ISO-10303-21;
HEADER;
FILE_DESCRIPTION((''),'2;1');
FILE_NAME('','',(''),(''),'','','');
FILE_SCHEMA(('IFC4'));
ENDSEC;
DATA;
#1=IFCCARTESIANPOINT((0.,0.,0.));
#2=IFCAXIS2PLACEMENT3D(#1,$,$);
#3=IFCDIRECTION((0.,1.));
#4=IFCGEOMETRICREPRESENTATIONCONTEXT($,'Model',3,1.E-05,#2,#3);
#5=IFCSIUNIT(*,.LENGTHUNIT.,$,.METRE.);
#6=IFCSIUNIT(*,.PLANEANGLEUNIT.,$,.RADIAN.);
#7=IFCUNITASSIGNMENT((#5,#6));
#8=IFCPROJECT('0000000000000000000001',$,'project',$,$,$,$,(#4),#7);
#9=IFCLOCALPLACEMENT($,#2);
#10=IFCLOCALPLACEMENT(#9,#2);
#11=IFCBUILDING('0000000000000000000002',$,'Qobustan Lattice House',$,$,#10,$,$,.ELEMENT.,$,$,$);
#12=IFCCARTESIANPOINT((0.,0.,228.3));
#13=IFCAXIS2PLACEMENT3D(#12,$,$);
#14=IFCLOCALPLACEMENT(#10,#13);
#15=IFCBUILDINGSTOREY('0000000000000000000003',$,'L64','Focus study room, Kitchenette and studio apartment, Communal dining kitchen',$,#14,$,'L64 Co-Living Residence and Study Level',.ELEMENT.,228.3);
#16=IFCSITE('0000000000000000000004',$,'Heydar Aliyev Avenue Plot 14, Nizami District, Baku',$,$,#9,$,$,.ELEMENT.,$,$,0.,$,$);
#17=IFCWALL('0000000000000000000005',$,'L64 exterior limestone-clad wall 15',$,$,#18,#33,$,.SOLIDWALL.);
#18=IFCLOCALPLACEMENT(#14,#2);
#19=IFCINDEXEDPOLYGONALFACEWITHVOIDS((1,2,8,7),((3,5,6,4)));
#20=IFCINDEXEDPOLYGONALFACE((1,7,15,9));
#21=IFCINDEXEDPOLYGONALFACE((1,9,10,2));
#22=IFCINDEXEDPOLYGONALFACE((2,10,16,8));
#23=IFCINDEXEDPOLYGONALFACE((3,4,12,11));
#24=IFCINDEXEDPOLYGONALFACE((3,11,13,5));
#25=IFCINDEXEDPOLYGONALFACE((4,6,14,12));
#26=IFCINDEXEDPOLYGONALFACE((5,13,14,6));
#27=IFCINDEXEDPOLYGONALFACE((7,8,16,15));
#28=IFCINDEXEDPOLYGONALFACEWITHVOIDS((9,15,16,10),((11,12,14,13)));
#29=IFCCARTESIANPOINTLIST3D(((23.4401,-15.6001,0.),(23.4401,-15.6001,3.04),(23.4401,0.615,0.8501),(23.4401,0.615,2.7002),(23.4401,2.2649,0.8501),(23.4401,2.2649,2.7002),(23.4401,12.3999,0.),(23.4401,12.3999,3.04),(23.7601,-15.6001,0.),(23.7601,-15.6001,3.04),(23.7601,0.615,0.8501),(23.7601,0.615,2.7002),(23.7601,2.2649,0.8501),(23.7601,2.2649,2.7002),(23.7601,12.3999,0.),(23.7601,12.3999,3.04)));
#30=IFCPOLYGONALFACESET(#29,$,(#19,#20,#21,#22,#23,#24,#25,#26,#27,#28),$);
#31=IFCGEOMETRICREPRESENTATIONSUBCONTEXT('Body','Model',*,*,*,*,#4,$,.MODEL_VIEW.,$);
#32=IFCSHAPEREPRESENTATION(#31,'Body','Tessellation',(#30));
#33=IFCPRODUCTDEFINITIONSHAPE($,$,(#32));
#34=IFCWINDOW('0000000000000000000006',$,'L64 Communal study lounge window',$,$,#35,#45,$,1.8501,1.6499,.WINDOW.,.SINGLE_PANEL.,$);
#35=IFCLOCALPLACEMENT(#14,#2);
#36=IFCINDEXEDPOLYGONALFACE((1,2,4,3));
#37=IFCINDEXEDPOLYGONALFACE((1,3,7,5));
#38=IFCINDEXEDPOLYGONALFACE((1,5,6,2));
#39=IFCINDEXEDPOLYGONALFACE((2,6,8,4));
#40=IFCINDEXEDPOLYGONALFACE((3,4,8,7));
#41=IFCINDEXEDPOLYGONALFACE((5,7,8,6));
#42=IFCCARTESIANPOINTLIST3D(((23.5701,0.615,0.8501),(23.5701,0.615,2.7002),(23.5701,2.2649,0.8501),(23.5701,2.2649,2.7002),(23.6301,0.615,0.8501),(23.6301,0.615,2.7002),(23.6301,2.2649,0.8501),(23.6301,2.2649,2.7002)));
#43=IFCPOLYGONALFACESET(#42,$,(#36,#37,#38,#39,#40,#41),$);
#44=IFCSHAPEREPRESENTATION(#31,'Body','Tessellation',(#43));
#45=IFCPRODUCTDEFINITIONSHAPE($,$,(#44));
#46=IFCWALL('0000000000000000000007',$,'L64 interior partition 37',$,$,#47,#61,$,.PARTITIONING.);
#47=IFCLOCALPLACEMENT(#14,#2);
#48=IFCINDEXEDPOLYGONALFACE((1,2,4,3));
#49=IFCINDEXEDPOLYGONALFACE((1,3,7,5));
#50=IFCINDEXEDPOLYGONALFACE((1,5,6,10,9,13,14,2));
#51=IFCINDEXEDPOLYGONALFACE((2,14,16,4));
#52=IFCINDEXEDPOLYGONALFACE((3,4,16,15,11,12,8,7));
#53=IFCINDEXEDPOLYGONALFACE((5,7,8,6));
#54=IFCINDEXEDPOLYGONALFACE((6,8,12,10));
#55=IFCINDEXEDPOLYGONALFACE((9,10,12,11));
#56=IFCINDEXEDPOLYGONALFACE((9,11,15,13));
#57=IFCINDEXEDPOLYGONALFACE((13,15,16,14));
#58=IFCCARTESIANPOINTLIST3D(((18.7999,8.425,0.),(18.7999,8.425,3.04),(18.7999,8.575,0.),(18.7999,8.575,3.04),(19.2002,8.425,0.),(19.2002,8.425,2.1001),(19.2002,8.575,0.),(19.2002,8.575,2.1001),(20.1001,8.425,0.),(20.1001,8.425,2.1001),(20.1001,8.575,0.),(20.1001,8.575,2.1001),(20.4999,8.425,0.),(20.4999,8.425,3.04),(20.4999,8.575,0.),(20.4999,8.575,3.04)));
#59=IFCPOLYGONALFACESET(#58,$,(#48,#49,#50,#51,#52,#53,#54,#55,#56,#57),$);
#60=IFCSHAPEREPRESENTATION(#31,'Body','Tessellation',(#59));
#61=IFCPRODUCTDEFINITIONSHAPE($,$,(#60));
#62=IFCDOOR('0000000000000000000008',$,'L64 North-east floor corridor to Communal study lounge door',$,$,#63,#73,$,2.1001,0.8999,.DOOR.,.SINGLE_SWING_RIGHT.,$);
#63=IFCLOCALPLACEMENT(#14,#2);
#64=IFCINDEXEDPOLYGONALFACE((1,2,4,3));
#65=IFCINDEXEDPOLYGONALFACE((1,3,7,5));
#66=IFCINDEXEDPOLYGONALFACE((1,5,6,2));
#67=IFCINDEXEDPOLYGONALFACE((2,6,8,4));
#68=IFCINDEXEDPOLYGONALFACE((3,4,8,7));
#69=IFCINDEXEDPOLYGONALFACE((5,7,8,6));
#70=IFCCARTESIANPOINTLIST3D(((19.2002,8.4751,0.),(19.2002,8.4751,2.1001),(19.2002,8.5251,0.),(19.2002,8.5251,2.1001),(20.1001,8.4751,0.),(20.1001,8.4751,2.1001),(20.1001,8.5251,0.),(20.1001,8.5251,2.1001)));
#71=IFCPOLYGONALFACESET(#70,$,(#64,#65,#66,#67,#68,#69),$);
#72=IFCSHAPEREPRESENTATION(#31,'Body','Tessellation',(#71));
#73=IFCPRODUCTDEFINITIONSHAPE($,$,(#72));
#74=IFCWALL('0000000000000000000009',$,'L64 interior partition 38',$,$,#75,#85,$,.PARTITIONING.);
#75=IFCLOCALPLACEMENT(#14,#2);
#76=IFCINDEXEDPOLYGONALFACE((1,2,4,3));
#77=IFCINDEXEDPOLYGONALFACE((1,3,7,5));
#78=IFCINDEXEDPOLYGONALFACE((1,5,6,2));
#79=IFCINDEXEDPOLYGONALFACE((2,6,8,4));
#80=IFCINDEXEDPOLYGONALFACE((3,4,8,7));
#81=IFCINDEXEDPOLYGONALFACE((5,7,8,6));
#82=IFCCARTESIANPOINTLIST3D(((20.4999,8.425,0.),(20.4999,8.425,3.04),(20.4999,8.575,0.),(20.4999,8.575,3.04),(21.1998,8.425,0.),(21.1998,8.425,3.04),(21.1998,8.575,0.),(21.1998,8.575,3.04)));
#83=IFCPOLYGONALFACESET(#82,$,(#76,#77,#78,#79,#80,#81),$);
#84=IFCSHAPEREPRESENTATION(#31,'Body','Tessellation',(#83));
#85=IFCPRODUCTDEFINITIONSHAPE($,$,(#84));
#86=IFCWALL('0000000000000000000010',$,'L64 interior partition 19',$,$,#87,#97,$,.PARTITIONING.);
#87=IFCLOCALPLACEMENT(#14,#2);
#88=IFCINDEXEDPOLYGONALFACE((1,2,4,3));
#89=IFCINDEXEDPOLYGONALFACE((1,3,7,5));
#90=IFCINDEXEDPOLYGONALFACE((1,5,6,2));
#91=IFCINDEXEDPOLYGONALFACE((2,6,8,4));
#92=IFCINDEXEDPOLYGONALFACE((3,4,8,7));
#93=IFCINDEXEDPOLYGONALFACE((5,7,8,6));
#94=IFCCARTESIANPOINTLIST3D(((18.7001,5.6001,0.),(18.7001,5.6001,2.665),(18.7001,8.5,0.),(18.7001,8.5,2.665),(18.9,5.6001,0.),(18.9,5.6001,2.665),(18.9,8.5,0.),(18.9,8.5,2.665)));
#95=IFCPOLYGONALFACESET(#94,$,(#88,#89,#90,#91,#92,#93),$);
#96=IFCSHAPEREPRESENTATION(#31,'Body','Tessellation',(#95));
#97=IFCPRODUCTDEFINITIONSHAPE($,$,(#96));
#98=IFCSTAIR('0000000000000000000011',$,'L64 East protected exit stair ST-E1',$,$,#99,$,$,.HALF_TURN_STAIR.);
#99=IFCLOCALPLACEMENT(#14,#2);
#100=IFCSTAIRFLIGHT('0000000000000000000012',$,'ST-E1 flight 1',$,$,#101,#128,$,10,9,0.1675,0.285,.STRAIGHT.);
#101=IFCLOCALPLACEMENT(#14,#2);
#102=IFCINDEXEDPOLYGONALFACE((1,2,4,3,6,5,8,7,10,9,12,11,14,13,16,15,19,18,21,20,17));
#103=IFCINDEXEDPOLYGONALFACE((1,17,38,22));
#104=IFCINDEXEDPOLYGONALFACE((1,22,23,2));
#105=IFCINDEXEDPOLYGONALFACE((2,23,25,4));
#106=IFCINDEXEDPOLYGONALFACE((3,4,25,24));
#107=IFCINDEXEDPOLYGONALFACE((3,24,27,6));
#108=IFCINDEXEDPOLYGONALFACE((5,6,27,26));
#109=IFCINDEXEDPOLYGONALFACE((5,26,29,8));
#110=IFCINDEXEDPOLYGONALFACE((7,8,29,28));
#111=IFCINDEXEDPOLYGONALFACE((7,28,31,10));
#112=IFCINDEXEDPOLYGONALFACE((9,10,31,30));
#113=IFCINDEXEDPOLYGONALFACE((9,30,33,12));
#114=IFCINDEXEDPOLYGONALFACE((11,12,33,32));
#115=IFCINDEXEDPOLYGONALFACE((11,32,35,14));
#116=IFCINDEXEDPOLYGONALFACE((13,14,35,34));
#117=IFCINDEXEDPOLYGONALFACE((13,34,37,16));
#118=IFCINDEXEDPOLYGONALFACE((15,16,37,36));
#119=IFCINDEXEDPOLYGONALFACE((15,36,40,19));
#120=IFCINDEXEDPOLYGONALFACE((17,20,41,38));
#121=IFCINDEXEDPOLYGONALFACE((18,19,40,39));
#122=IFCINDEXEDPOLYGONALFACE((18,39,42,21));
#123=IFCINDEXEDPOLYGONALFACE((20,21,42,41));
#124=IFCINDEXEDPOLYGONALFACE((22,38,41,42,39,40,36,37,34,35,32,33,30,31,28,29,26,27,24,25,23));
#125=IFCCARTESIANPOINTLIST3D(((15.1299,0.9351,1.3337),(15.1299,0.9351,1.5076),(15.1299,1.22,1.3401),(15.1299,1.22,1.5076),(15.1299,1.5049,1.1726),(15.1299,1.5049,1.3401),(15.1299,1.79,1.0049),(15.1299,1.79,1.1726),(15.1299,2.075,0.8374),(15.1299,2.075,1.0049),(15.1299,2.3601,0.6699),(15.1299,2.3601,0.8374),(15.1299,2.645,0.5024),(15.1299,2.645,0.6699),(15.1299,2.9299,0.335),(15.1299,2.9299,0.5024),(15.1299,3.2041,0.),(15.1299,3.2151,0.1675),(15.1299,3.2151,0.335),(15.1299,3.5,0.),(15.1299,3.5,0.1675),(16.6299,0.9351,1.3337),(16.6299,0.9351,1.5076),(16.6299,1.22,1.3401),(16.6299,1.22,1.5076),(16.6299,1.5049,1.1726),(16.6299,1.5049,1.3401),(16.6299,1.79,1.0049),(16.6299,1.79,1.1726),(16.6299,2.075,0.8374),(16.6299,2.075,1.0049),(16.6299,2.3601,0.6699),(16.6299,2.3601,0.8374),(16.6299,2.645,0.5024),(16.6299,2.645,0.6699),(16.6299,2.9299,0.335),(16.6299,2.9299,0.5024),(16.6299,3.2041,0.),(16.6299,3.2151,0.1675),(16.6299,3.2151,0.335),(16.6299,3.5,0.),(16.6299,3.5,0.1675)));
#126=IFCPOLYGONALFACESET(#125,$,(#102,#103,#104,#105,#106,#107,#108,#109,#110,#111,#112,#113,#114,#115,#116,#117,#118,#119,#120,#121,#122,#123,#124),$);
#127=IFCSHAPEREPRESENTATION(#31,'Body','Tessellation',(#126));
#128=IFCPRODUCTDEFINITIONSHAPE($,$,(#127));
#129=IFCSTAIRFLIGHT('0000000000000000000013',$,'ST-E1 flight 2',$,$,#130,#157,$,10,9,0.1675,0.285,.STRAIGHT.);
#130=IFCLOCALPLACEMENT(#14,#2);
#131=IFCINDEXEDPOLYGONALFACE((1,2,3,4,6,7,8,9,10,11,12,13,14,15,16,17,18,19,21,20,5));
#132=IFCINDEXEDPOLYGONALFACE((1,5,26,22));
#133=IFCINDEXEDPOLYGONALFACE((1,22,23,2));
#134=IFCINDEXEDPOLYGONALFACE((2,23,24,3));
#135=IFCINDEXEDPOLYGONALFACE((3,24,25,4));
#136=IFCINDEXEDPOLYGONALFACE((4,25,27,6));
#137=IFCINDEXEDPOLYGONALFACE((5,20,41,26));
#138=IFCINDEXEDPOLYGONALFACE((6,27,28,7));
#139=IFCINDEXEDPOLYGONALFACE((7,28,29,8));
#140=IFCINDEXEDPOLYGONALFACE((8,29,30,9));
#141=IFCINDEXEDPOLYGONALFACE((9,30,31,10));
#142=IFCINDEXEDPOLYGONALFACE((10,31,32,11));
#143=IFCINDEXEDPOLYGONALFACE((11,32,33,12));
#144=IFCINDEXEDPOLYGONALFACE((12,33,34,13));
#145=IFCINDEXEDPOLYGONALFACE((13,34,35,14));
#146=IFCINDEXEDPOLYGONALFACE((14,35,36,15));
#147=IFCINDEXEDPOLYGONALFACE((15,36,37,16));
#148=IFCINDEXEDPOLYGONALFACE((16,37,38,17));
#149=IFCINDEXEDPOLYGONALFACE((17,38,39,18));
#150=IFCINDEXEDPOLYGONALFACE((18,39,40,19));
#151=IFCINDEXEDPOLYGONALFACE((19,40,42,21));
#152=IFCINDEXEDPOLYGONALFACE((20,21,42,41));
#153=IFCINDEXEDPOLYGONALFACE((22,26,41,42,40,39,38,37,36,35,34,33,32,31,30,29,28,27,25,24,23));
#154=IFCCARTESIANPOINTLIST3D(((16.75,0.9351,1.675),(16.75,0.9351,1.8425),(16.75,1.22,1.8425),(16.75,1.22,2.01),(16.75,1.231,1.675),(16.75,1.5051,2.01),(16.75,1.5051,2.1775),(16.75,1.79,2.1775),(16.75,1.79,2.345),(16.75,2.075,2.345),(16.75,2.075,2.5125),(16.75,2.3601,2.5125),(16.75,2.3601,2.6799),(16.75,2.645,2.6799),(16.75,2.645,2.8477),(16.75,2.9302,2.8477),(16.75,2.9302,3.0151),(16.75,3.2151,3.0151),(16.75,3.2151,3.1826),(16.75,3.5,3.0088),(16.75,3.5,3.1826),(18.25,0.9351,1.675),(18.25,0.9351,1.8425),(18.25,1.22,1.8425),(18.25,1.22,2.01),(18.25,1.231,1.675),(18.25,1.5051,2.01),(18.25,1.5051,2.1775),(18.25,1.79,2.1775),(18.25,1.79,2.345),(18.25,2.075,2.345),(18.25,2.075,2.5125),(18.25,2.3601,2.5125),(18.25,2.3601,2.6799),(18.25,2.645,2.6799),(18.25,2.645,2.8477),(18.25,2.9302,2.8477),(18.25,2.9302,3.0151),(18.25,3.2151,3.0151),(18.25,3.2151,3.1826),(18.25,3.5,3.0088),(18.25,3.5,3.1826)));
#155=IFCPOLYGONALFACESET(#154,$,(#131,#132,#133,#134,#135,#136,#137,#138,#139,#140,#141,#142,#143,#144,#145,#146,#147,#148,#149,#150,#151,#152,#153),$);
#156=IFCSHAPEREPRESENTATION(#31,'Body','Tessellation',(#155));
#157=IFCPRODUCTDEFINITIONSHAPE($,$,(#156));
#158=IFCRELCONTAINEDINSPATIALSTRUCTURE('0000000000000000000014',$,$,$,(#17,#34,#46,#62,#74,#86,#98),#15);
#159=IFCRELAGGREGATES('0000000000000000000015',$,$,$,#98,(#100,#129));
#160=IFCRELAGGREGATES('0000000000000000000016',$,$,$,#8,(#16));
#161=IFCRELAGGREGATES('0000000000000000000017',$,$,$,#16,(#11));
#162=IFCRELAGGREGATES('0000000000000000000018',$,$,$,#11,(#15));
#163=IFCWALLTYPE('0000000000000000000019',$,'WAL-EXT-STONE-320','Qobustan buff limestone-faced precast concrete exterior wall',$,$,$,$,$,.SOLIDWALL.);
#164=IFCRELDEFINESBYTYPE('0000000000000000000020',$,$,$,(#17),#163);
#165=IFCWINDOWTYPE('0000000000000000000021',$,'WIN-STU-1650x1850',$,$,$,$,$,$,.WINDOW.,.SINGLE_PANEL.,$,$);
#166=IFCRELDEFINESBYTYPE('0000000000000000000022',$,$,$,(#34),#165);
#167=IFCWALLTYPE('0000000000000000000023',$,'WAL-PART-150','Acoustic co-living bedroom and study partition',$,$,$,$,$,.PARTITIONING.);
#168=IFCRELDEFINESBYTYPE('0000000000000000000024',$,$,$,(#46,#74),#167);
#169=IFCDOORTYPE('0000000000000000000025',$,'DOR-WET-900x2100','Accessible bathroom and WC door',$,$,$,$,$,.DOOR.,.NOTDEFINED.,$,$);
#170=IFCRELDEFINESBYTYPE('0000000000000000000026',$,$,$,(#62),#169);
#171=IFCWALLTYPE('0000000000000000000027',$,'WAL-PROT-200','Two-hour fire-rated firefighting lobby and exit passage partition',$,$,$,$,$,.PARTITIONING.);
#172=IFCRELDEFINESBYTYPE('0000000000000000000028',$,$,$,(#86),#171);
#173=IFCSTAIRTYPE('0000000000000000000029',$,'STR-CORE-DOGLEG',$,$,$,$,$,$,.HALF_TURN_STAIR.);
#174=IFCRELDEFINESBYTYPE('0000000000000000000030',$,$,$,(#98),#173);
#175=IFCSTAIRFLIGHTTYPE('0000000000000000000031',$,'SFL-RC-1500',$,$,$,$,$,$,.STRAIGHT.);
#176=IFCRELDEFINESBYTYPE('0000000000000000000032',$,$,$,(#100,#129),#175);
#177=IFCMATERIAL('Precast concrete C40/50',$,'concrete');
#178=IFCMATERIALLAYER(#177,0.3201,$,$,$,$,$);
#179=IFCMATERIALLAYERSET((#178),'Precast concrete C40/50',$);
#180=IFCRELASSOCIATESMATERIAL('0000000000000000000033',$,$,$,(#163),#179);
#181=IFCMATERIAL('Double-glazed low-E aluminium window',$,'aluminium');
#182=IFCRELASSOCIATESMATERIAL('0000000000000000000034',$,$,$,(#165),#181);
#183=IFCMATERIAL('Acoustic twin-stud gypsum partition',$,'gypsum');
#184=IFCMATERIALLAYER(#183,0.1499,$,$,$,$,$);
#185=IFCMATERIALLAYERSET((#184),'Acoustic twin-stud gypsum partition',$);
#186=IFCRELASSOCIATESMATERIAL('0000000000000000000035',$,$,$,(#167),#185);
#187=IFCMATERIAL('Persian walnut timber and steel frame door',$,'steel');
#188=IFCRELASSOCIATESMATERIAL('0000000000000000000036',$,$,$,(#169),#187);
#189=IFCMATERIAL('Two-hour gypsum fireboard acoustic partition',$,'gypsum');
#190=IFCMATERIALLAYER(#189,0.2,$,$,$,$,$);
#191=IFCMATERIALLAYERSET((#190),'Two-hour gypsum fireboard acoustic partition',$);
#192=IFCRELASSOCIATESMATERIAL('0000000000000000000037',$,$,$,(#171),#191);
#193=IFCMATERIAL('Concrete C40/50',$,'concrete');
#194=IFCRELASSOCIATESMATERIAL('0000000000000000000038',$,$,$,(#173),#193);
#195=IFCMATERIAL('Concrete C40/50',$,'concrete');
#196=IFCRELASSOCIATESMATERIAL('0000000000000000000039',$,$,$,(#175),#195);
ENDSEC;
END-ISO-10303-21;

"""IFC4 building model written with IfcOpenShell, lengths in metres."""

from ifc_helpers import new_model, si_unit, direction, frame, frame_2d, origin, place, context, subcontext, project, spatial, polyline, rectangle, outline, extrude, material, layer, layer_set, type_object, element, fill, aggregate, save


model = new_model("IFC4")

# Units and contexts
model_context = context("Model", 3, precision=1e-05, world=origin(), true_north=direction((0.0, 1.0)))
body_context = subcontext(model_context, "Body", "Model", "MODEL_VIEW")
ifc_project = project(units=[si_unit("LENGTHUNIT", "METRE"), si_unit("PLANEANGLEUNIT", "RADIAN")], contexts=[model_context])

# Site, building, storey
site_placement = place(None, origin())
site = spatial("IfcSite", under=ifc_project, at=site_placement, Name="Heydar Aliyev Avenue Plot 14, Nizami District, Baku", CompositionType="ELEMENT", RefElevation=0.0)
building_placement = place(site_placement, origin())
building = spatial("IfcBuilding", under=site, at=building_placement, Name="Qobustan Lattice House", CompositionType="ELEMENT")
storey_placement = place(building_placement, frame((0.0, 0.0, 228.3)))
storey = spatial("IfcBuildingStorey", under=building, at=storey_placement, Name="L64", Description="Focus study room, Kitchenette and studio apartment, Communal dining kitchen", LongName="L64 Co-Living Residence and Study Level", CompositionType="ELEMENT", Elevation=228.3)

# Shared definitions
ifc_material_1 = material(Name="Precast concrete C40/50", Category="concrete")
ifc_layer_1 = layer(ifc_material_1, 0.3201)
ifc_layer_set_1 = layer_set([ifc_layer_1], Name="Precast concrete C40/50")
wall_type_1 = type_object("IfcWallType", Name="WAL-EXT-STONE-320", Description="Qobustan buff limestone-faced precast concrete exterior wall", PredefinedType="SOLIDWALL", material=ifc_layer_set_1)

# Wall, opening, window
wall_1_placement = place(storey_placement, frame((23.6001, 12.3999, 0.0), z_axis=(0.0, 0.0, 1.0), x_axis=(0.0, -1.0, 0.0)))
wall_1 = element("IfcWall", 1, at=wall_1_placement, inside=storey, type_object=wall_type_1, Name="L64 exterior limestone-clad wall 15", PredefinedType="SOLIDWALL", context=body_context, shape_type="SweptSolid", body=[
    extrude(rectangle(XDim=28.0, YDim=0.3201, at=frame_2d((14.0, 0.0))), origin(), (0.0, 0.0, 1.0), 3.04),
])
opening_1_placement = place(wall_1_placement, frame((10.135, 0.0, 0.8501)))
opening_1 = element("IfcOpeningElement", 2, at=opening_1_placement, cuts=wall_1, PredefinedType="OPENING", context=body_context, shape_type="SweptSolid", body=[
    extrude(rectangle(XDim=1.6499, YDim=1.8501, at=frame_2d((0.825, 0.925))), frame((0.0, 0.1699, 0.0), z_axis=(0.0, -1.0, 0.0), x_axis=(1.0, 0.0, 0.0)), (0.0, 0.0, 1.0), 0.3401),
])
ifc_material_2 = material(Name="Double-glazed low-E aluminium window", Category="aluminium")
window_type = type_object("IfcWindowType", Name="WIN-STU-1650x1850", PartitioningType="SINGLE_PANEL", PredefinedType="WINDOW", material=ifc_material_2)
window_placement = place(opening_1_placement, origin())
window = element("IfcWindow", 3, at=window_placement, inside=storey, type_object=window_type, Name="L64 Communal study lounge window", OverallHeight=1.8501, OverallWidth=1.6499, PartitioningType="SINGLE_PANEL", PredefinedType="WINDOW", context=body_context, shape_type="SweptSolid", body=[
    extrude(rectangle(XDim=1.6499, YDim=1.8501, at=frame_2d((0.825, 0.925))), frame((0.0, 0.03, 0.0), z_axis=(0.0, -1.0, 0.0), x_axis=(1.0, 0.0, 0.0)), (0.0, 0.0, 1.0), 0.0601),
])
fill(opening_1, window)

# Wall, opening, door
ifc_material_3 = material(Name="Acoustic twin-stud gypsum partition", Category="gypsum")
ifc_layer_2 = layer(ifc_material_3, 0.1499)
ifc_layer_set_2 = layer_set([ifc_layer_2], Name="Acoustic twin-stud gypsum partition")
wall_type_2 = type_object("IfcWallType", Name="WAL-PART-150", Description="Acoustic co-living bedroom and study partition", PredefinedType="PARTITIONING", material=ifc_layer_set_2)
wall_2_placement = place(storey_placement, frame((20.5, 8.5, 0.0), z_axis=(0.0, 0.0, 1.0), x_axis=(-1.0, 0.0, 0.0)))
wall_2 = element("IfcWall", 4, at=wall_2_placement, inside=storey, type_object=wall_type_2, Name="L64 interior partition 37", PredefinedType="PARTITIONING", context=body_context, shape_type="SweptSolid", body=[
    extrude(rectangle(XDim=1.7, YDim=0.1499, at=frame_2d((0.8501, 0.0))), origin(), (0.0, 0.0, 1.0), 3.04),
])
opening_2_placement = place(wall_2_placement, frame((0.3999, 0.0, 0.0)))
opening_2 = element("IfcOpeningElement", 5, at=opening_2_placement, cuts=wall_2, PredefinedType="OPENING", context=body_context, shape_type="SweptSolid", body=[
    extrude(rectangle(XDim=0.8999, YDim=2.1001, at=frame_2d((0.45, 1.05))), frame((0.0, 0.085, 0.0), z_axis=(0.0, -1.0, 0.0), x_axis=(1.0, 0.0, 0.0)), (0.0, 0.0, 1.0), 0.1699),
])
ifc_material_4 = material(Name="Persian walnut timber and steel frame door", Category="steel")
door_type_1 = type_object("IfcDoorType", Name="DOR-WET-900x2100", Description="Accessible bathroom and WC door", OperationType="NOTDEFINED", PredefinedType="DOOR", material=ifc_material_4)
door_1_placement = place(opening_2_placement, origin())
door_1 = element("IfcDoor", 6, at=door_1_placement, inside=storey, type_object=door_type_1, Name="L64 North-east floor corridor to Communal study lounge door", OperationType="SINGLE_SWING_RIGHT", OverallHeight=2.1001, OverallWidth=0.8999, PredefinedType="DOOR", context=body_context, shape_type="SweptSolid", body=[
    extrude(rectangle(XDim=0.8999, YDim=2.1001, at=frame_2d((0.45, 1.05))), frame((0.0, 0.0249, 0.0), z_axis=(0.0, -1.0, 0.0), x_axis=(1.0, 0.0, 0.0)), (0.0, 0.0, 1.0), 0.05),
])
fill(opening_2, door_1)

# Wall
wall_3_placement = place(storey_placement, frame((21.2, 8.5, 0.0), z_axis=(0.0, 0.0, 1.0), x_axis=(-1.0, 0.0, 0.0)))
element("IfcWall", 7, at=wall_3_placement, inside=storey, type_object=wall_type_2, Name="L64 interior partition 38", PredefinedType="PARTITIONING", context=body_context, shape_type="SweptSolid", body=[
    extrude(rectangle(XDim=0.7, YDim=0.1499, at=frame_2d((0.3501, 0.0))), origin(), (0.0, 0.0, 1.0), 3.04),
])

# Shared definitions
ifc_material_5 = material(Name="Two-hour gypsum fireboard acoustic partition", Category="gypsum")
ifc_layer_3 = layer(ifc_material_5, 0.2)
ifc_layer_set_3 = layer_set([ifc_layer_3], Name="Two-hour gypsum fireboard acoustic partition")
wall_type_3 = type_object("IfcWallType", Name="WAL-PROT-200", Description="Two-hour fire-rated firefighting lobby and exit passage partition", PredefinedType="PARTITIONING", material=ifc_layer_set_3)

# Wall
wall_4_placement = place(storey_placement, frame((18.8, 5.6001, 0.0), z_axis=(0.0, 0.0, 1.0), x_axis=(0.0, 1.0, 0.0)))
element("IfcWall", 8, at=wall_4_placement, inside=storey, type_object=wall_type_3, Name="L64 interior partition 19", PredefinedType="PARTITIONING", context=body_context, shape_type="SweptSolid", body=[
    extrude(rectangle(XDim=2.8999, YDim=0.2, at=frame_2d((1.45, 0.0))), origin(), (0.0, 0.0, 1.0), 2.665),
])

# Stair, stair flights
ifc_material_6 = material(Name="Concrete C40/50", Category="concrete")
stair_type = type_object("IfcStairType", Name="STR-CORE-DOGLEG", PredefinedType="HALF_TURN_STAIR", material=ifc_material_6)
stair_placement = place(storey_placement, origin())
stair = element("IfcStair", 9, at=stair_placement, inside=storey, type_object=stair_type, Name="L64 East protected exit stair ST-E1", PredefinedType="HALF_TURN_STAIR")
ifc_material_7 = material(Name="Concrete C40/50", Category="concrete")
stair_flight_type = type_object("IfcStairFlightType", Name="SFL-RC-1500", PredefinedType="STRAIGHT", material=ifc_material_7)
stair_flight_1_placement = place(storey_placement, frame((15.8799, 3.5, 0.0), z_axis=(0.0, 0.0, 1.0), x_axis=(0.0, -1.0, 0.0)))
stair_flight_1 = element("IfcStairFlight", 10, at=stair_flight_1_placement, type_object=stair_flight_type, Name="ST-E1 flight 1", NumberOfRisers=10, NumberOfTreads=9, PredefinedType="STRAIGHT", RiserHeight=0.1675, TreadLength=0.285, context=body_context, shape_type="SweptSolid", body=[
    extrude(outline(polyline([(0.0, 0.0), (0.0, 0.1675), (0.2849, 0.1675), (0.2849, 0.335), (0.5701, 0.335), (0.5701, 0.5024), (0.855, 0.5024), (0.855, 0.6699), (1.1399, 0.6699), (1.1399, 0.8374), (1.425, 0.8374), (1.425, 1.0049), (1.71, 1.0049), (1.71, 1.1726), (1.9951, 1.1726), (1.9951, 1.3401), (2.28, 1.3401), (2.28, 1.5076), (2.5649, 1.5076), (2.5649, 1.675), (2.5649, 1.3337), (0.2959, 0.0), (0.0, 0.0)])), frame((0.0, 0.75, 0.0), z_axis=(0.0, -1.0, 0.0), x_axis=(1.0, 0.0, 0.0)), (0.0, 0.0, 1.0), 1.5),
])
stair_flight_2_placement = place(storey_placement, frame((17.5, 0.9351, 1.675), z_axis=(0.0, 0.0, 1.0), x_axis=(0.0, 1.0, 0.0)))
stair_flight_2 = element("IfcStairFlight", 11, at=stair_flight_2_placement, type_object=stair_flight_type, Name="ST-E1 flight 2", NumberOfRisers=10, NumberOfTreads=9, PredefinedType="STRAIGHT", RiserHeight=0.1675, TreadLength=0.285, context=body_context, shape_type="SweptSolid", body=[
    extrude(outline(polyline([(0.0, 0.0), (0.0, 0.1675), (0.2849, 0.1675), (0.2849, 0.335), (0.5701, 0.335), (0.5701, 0.5024), (0.855, 0.5024), (0.855, 0.6699), (1.1399, 0.6699), (1.1399, 0.8374), (1.425, 0.8374), (1.425, 1.0049), (1.71, 1.0049), (1.71, 1.1726), (1.9951, 1.1726), (1.9951, 1.3401), (2.28, 1.3401), (2.28, 1.5076), (2.5649, 1.5076), (2.5649, 1.675), (2.5649, 1.3337), (0.2959, 0.0), (0.0, 0.0)])), frame((0.0, 0.75, 0.0), z_axis=(0.0, -1.0, 0.0), x_axis=(1.0, 0.0, 0.0)), (0.0, 0.0, 1.0), 1.5),
])
aggregate(stair, [stair_flight_1, stair_flight_2])

save(model, "model.ifc")
